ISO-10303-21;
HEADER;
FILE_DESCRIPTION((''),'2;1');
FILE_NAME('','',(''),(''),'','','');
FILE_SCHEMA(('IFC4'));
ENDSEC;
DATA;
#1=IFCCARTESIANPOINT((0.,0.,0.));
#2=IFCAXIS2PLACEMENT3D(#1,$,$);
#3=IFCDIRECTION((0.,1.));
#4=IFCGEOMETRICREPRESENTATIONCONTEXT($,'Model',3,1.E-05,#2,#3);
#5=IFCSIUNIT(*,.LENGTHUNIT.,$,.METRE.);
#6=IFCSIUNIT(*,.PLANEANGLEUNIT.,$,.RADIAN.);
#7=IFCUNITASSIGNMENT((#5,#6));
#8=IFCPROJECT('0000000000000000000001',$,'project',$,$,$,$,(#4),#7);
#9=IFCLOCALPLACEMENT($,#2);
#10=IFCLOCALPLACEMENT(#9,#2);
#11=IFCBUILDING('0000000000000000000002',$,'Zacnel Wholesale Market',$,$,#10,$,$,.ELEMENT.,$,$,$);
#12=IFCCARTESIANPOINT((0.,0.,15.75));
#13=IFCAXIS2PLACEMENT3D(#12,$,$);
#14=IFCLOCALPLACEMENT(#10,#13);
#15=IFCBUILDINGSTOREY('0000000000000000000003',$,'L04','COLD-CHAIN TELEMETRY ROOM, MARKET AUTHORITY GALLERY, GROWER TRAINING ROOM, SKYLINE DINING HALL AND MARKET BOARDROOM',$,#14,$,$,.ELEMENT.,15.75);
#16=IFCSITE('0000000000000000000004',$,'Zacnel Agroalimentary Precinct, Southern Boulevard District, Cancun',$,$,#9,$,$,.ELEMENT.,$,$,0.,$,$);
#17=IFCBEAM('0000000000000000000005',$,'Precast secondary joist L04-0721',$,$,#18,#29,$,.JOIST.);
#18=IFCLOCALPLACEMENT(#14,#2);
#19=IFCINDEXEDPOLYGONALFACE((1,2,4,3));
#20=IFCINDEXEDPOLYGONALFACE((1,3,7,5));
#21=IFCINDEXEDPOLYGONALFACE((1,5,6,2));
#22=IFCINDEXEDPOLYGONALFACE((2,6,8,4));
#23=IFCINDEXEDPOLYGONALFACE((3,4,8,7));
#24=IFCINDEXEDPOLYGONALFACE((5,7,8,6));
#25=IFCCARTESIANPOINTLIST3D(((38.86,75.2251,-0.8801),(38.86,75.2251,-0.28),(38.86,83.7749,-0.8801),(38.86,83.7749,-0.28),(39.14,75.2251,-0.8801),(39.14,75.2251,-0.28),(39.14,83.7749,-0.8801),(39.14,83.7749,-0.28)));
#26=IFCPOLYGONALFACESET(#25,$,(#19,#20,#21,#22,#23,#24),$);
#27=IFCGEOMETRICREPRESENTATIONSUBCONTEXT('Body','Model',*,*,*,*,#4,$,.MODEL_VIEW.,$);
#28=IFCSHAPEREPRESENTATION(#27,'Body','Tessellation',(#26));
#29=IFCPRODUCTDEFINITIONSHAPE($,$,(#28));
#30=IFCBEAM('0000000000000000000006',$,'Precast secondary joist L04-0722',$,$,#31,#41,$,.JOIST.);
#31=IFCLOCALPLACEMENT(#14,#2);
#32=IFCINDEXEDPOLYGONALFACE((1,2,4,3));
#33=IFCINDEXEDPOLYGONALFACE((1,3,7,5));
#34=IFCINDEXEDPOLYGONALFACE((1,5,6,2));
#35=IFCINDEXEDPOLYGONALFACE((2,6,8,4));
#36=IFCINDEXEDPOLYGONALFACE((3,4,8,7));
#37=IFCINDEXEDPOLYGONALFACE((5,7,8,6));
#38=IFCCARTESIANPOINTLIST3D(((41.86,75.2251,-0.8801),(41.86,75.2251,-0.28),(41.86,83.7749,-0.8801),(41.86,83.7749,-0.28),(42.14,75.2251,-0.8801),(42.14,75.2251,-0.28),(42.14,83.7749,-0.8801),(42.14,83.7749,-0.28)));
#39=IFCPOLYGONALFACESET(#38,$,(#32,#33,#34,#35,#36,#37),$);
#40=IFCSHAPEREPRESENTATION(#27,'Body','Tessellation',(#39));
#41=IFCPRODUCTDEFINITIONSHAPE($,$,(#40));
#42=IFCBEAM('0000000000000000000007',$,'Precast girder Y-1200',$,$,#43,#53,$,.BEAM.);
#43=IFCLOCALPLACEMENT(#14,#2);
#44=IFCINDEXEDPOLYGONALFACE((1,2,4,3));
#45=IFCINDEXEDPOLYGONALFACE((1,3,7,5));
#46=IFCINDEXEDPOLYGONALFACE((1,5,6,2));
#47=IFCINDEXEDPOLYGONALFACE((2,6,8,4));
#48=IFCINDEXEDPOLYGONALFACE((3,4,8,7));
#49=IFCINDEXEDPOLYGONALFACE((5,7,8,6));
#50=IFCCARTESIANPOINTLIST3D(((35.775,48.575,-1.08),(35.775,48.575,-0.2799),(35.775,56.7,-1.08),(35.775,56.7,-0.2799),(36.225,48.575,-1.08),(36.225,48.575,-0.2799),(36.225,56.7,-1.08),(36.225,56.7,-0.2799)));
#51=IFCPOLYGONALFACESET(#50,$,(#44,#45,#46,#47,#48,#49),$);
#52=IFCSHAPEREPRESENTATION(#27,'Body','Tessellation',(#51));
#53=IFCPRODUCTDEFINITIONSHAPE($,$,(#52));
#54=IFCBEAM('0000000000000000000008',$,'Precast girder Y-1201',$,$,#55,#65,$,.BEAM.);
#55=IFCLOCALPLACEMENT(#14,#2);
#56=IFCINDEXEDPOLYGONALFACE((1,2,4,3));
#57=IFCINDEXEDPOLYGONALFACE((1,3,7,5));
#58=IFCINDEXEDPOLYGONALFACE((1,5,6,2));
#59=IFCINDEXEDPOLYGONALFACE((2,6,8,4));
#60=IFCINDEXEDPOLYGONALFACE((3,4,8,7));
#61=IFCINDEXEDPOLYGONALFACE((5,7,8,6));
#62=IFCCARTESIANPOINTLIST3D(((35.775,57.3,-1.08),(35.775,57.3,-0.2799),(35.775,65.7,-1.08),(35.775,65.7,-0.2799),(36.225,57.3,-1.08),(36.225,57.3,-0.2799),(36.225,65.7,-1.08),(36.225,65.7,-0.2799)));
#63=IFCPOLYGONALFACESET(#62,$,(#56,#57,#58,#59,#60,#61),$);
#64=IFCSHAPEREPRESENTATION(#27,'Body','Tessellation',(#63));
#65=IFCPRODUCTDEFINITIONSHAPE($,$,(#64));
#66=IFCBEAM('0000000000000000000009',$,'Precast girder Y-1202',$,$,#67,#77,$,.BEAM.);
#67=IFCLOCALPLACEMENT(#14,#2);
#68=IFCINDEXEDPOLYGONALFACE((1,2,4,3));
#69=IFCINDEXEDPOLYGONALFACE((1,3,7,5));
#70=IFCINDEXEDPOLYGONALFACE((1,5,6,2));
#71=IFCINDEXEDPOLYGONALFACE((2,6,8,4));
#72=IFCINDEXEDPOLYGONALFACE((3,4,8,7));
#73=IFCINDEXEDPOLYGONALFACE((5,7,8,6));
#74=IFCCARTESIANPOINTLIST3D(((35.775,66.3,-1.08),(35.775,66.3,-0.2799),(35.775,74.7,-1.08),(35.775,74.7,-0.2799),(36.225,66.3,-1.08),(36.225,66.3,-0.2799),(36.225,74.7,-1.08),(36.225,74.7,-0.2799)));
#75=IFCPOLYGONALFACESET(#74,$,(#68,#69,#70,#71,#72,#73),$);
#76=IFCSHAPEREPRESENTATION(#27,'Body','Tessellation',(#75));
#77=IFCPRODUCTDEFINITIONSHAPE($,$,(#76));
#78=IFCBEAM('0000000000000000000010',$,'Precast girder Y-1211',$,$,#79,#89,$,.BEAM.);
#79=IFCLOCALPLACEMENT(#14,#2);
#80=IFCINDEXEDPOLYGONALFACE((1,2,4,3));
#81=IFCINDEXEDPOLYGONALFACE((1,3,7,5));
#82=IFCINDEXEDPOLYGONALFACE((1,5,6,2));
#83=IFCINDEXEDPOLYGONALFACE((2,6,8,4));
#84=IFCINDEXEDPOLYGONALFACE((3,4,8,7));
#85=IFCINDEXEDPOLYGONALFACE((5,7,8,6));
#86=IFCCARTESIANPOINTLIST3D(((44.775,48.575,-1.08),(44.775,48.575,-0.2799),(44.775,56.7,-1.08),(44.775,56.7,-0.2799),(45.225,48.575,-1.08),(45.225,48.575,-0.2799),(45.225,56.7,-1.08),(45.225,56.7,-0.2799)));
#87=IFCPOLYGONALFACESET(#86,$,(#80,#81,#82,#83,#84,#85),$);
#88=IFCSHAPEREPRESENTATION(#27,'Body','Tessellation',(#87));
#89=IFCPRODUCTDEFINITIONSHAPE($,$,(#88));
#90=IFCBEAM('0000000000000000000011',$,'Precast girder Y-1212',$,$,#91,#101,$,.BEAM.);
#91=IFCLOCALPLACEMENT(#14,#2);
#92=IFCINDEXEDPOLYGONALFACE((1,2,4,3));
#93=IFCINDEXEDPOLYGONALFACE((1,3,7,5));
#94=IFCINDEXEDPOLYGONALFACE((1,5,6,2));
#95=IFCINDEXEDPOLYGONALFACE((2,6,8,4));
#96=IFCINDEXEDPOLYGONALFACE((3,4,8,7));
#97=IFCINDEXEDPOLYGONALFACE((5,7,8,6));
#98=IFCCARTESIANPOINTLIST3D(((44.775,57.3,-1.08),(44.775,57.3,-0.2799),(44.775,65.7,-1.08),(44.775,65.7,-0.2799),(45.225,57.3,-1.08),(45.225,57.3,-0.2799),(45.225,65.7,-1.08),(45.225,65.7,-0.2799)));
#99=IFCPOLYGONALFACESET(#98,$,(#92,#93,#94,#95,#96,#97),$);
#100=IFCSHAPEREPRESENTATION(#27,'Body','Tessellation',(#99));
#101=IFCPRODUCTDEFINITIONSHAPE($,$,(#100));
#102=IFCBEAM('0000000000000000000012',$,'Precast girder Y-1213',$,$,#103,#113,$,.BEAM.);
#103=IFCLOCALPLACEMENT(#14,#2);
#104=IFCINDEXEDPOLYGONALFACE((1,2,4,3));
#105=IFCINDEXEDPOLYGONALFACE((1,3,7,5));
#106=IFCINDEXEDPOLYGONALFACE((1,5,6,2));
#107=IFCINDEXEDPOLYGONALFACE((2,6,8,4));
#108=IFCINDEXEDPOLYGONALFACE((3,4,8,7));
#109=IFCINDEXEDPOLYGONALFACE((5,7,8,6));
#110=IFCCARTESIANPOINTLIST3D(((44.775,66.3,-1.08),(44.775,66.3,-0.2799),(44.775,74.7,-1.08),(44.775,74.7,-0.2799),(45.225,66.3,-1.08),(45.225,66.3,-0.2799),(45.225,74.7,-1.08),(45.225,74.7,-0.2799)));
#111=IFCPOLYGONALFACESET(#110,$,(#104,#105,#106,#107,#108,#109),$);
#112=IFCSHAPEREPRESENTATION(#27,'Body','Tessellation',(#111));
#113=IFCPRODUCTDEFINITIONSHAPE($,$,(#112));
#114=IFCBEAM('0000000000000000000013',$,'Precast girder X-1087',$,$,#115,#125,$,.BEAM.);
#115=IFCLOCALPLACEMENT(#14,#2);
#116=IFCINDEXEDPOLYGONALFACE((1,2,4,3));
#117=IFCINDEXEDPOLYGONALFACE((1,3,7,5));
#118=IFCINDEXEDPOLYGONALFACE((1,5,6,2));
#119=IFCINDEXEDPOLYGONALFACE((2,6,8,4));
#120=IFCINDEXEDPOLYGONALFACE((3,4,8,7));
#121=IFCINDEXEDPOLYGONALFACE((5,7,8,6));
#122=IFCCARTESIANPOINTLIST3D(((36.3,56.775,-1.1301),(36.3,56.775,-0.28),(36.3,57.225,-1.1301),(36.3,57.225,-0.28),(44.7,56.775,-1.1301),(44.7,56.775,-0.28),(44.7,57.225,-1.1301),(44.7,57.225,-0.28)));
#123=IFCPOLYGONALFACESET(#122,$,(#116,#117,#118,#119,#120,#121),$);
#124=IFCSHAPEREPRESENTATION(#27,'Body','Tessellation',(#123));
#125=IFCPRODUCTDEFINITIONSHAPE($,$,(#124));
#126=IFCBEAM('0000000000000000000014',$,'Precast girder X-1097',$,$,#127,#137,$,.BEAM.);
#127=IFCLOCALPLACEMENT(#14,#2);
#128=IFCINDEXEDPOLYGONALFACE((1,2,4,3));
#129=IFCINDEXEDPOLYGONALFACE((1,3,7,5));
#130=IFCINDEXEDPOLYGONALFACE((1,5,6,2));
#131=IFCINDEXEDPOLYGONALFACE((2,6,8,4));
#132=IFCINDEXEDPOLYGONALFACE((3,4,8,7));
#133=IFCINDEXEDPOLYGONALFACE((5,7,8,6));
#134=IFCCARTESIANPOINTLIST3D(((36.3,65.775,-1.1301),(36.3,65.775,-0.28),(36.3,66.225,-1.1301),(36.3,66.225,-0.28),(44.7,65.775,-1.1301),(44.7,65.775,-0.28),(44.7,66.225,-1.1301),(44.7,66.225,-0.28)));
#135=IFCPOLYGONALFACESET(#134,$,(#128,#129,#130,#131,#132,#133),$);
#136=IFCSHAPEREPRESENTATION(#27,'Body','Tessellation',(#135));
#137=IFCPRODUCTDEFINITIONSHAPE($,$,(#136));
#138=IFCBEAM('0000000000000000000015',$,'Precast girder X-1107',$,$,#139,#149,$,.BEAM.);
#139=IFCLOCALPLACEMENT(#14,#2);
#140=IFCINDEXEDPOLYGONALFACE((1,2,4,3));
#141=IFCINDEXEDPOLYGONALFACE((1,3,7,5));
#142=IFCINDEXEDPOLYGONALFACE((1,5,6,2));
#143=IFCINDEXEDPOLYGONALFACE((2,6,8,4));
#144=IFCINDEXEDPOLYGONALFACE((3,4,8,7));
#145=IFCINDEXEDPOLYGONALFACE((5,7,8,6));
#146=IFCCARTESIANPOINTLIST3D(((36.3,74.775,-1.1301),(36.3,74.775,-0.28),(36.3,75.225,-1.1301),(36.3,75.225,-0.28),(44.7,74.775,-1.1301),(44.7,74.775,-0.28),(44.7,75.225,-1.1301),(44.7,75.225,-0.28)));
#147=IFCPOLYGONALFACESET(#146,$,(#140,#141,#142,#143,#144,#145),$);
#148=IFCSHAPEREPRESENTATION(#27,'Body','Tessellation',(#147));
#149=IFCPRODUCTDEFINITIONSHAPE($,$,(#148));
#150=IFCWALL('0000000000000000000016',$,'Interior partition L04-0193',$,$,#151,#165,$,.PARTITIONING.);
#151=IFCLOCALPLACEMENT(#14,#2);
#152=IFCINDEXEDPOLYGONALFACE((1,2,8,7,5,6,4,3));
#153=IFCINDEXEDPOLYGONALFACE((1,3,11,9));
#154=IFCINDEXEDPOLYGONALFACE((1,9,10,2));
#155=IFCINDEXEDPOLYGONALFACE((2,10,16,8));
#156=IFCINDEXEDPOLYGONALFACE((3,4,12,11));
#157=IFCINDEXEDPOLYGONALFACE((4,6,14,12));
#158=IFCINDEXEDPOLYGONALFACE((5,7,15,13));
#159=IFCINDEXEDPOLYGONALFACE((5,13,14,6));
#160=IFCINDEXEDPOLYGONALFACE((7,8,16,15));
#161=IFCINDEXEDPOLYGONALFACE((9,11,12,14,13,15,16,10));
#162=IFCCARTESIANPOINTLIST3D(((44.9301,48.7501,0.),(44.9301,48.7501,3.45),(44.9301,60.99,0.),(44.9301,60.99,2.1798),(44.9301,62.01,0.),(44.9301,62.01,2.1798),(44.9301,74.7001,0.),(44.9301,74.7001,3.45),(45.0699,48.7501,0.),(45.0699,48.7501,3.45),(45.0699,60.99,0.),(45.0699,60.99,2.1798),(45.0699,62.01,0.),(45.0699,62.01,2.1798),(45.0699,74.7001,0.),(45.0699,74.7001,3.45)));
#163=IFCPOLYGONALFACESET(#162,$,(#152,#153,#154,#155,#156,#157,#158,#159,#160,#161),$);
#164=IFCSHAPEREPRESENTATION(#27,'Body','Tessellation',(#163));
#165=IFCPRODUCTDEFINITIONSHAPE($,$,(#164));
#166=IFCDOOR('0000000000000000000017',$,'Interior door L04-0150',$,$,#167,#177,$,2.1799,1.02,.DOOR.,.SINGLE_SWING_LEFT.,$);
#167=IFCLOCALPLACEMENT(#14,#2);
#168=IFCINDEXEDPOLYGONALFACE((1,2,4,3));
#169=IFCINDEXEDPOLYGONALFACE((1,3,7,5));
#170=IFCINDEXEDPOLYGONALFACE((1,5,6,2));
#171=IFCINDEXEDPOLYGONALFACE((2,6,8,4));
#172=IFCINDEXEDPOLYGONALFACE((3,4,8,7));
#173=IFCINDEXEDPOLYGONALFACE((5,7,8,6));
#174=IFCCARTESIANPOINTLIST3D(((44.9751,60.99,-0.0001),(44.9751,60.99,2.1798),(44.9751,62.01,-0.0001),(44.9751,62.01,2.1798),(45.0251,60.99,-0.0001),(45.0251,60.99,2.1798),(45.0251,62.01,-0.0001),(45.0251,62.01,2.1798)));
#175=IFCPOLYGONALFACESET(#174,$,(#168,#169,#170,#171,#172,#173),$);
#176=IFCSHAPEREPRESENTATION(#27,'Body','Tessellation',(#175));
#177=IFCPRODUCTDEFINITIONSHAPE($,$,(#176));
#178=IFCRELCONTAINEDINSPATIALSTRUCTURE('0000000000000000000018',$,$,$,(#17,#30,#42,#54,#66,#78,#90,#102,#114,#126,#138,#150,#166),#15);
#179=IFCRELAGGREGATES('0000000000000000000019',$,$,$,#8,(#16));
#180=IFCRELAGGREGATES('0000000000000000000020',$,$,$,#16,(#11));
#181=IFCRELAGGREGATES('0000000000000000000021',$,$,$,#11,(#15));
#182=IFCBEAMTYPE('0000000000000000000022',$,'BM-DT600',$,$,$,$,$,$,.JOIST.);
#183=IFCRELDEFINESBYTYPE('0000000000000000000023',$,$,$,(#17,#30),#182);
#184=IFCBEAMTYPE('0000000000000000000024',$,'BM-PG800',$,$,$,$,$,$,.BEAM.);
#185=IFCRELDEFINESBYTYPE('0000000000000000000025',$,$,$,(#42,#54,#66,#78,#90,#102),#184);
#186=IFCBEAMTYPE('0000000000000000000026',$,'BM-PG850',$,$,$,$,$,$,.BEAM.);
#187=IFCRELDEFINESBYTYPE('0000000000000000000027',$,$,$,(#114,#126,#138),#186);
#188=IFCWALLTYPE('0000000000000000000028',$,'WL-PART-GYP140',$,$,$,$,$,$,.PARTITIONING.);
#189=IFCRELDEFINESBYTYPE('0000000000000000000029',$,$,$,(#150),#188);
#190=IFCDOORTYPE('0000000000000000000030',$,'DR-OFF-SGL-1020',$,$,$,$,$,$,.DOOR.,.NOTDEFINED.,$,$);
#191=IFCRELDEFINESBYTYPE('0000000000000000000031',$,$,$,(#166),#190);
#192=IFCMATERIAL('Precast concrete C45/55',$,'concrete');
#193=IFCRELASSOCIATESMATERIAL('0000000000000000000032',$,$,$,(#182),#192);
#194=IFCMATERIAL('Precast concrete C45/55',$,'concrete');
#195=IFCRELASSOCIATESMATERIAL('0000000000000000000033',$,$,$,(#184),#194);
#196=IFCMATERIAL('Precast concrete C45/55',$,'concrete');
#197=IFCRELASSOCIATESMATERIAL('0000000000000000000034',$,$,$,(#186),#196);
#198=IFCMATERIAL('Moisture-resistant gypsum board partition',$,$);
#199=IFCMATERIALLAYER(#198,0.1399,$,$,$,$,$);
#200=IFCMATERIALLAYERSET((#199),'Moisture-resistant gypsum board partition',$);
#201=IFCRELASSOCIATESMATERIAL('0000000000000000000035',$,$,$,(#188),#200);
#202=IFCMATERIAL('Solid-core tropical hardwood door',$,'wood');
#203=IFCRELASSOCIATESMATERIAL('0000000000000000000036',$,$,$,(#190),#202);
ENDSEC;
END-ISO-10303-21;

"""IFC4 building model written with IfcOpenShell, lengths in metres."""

from ifc_helpers import new_model, si_unit, direction, frame, frame_2d, origin, origin_2d, place, context, subcontext, project, spatial, rectangle, extrude, material, layer, layer_set, material_profile, profile_set, type_object, element, fill, save


model = new_model("IFC4")

# Units and contexts
model_context = context("Model", 3, precision=1e-05, world=origin(), true_north=direction((0.0, 1.0)))
body_context = subcontext(model_context, "Body", "Model", "MODEL_VIEW")
ifc_project = project(units=[si_unit("LENGTHUNIT", "METRE"), si_unit("PLANEANGLEUNIT", "RADIAN")], contexts=[model_context])

# Site, building, storey
site_placement = place(None, origin())
site = spatial("IfcSite", under=ifc_project, at=site_placement, Name="Zacnel Agroalimentary Precinct, Southern Boulevard District, Cancun", CompositionType="ELEMENT", RefElevation=0.0)
building_placement = place(site_placement, origin())
building = spatial("IfcBuilding", under=site, at=building_placement, Name="Zacnel Wholesale Market", CompositionType="ELEMENT")
storey_placement = place(building_placement, frame((0.0, 0.0, 15.75)))
storey = spatial("IfcBuildingStorey", under=building, at=storey_placement, Name="L04", Description="COLD-CHAIN TELEMETRY ROOM, MARKET AUTHORITY GALLERY, GROWER TRAINING ROOM, SKYLINE DINING HALL AND MARKET BOARDROOM", CompositionType="ELEMENT", Elevation=15.75)

# Beams
ifc_material_1 = material(Name="Precast concrete C45/55", Category="concrete")
ifc_material_profile_1 = material_profile(ifc_material_1, rectangle(XDim=0.28, YDim=0.6001, at=origin_2d()), Name="DT RIB 280x600")
ifc_profile_set_1 = profile_set([ifc_material_profile_1], Name="Precast concrete C45/55")
beam_type_1 = type_object("IfcBeamType", Name="BM-DT600", PredefinedType="JOIST", material=ifc_profile_set_1)
for number, where, z_axis, x_axis, name in (
    (1, (39.0, 75.2251, -0.5801), (0.0, 1.0, 0.0), (-1.0, 0.0, 0.0), "Precast secondary joist L04-0721"),
    (2, (42.0, 75.2251, -0.5801), (0.0, 1.0, 0.0), (-1.0, 0.0, 0.0), "Precast secondary joist L04-0722"),
):
    element("IfcBeam", number, at=place(storey_placement, frame(where, z_axis=z_axis, x_axis=x_axis)), inside=storey, type_object=beam_type_1, Name=name, PredefinedType="JOIST", context=body_context, shape_type="SweptSolid", body=[
        extrude(rectangle(XDim=0.28, YDim=0.6001, at=origin_2d()), origin(), (0.0, 0.0, 1.0), 8.5498),
    ])
ifc_material_2 = material(Name="Precast concrete C45/55", Category="concrete")
ifc_material_profile_2 = material_profile(ifc_material_2, rectangle(XDim=0.45, YDim=0.8, at=origin_2d()), Name="PG 450x800")
ifc_profile_set_2 = profile_set([ifc_material_profile_2], Name="Precast concrete C45/55")
beam_type_2 = type_object("IfcBeamType", Name="BM-PG800", PredefinedType="BEAM", material=ifc_profile_set_2)
beam_1_placement = place(storey_placement, frame((36.0, 48.575, -0.6799), z_axis=(0.0, 1.0, 0.0), x_axis=(-1.0, 0.0, 0.0)))
element("IfcBeam", 3, at=beam_1_placement, inside=storey, type_object=beam_type_2, Name="Precast girder Y-1200", PredefinedType="BEAM", context=body_context, shape_type="SweptSolid", body=[
    extrude(rectangle(XDim=0.45, YDim=0.8, at=origin_2d()), origin(), (0.0, 0.0, 1.0), 8.125),
])
for number, where, z_axis, x_axis, name in (
    (4, (36.0, 57.3, -0.6799), (0.0, 1.0, 0.0), (-1.0, 0.0, 0.0), "Precast girder Y-1201"),
    (5, (36.0, 66.3, -0.6799), (0.0, 1.0, 0.0), (-1.0, 0.0, 0.0), "Precast girder Y-1202"),
):
    element("IfcBeam", number, at=place(storey_placement, frame(where, z_axis=z_axis, x_axis=x_axis)), inside=storey, type_object=beam_type_2, Name=name, PredefinedType="BEAM", context=body_context, shape_type="SweptSolid", body=[
        extrude(rectangle(XDim=0.45, YDim=0.8, at=origin_2d()), origin(), (0.0, 0.0, 1.0), 8.3999),
    ])
beam_2_placement = place(storey_placement, frame((45.0, 48.575, -0.6799), z_axis=(0.0, 1.0, 0.0), x_axis=(-1.0, 0.0, 0.0)))
element("IfcBeam", 6, at=beam_2_placement, inside=storey, type_object=beam_type_2, Name="Precast girder Y-1211", PredefinedType="BEAM", context=body_context, shape_type="SweptSolid", body=[
    extrude(rectangle(XDim=0.45, YDim=0.8, at=origin_2d()), origin(), (0.0, 0.0, 1.0), 8.125),
])
for number, where, z_axis, x_axis, name in (
    (7, (45.0, 57.3, -0.6799), (0.0, 1.0, 0.0), (-1.0, 0.0, 0.0), "Precast girder Y-1212"),
    (8, (45.0, 66.3, -0.6799), (0.0, 1.0, 0.0), (-1.0, 0.0, 0.0), "Precast girder Y-1213"),
):
    element("IfcBeam", number, at=place(storey_placement, frame(where, z_axis=z_axis, x_axis=x_axis)), inside=storey, type_object=beam_type_2, Name=name, PredefinedType="BEAM", context=body_context, shape_type="SweptSolid", body=[
        extrude(rectangle(XDim=0.45, YDim=0.8, at=origin_2d()), origin(), (0.0, 0.0, 1.0), 8.3999),
    ])
ifc_material_3 = material(Name="Precast concrete C45/55", Category="concrete")
ifc_material_profile_3 = material_profile(ifc_material_3, rectangle(XDim=0.45, YDim=0.8501, at=origin_2d()), Name="PG 450x850")
ifc_profile_set_3 = profile_set([ifc_material_profile_3], Name="Precast concrete C45/55")
beam_type_3 = type_object("IfcBeamType", Name="BM-PG850", PredefinedType="BEAM", material=ifc_profile_set_3)
for number, where, z_axis, x_axis, name in (
    (9, (36.3, 57.0, -0.7051), (1.0, 0.0, 0.0), (0.0, 1.0, 0.0), "Precast girder X-1087"),
    (10, (36.3, 66.0, -0.7051), (1.0, 0.0, 0.0), (0.0, 1.0, 0.0), "Precast girder X-1097"),
    (11, (36.3, 75.0, -0.7051), (1.0, 0.0, 0.0), (0.0, 1.0, 0.0), "Precast girder X-1107"),
):
    element("IfcBeam", number, at=place(storey_placement, frame(where, z_axis=z_axis, x_axis=x_axis)), inside=storey, type_object=beam_type_3, Name=name, PredefinedType="BEAM", context=body_context, shape_type="SweptSolid", body=[
        extrude(rectangle(XDim=0.45, YDim=0.8501, at=origin_2d()), origin(), (0.0, 0.0, 1.0), 8.3999),
    ])

# Wall, opening, door
ifc_material_4 = material(Name="Moisture-resistant gypsum board partition")
ifc_layer = layer(ifc_material_4, 0.1399)
ifc_layer_set = layer_set([ifc_layer], Name="Moisture-resistant gypsum board partition")
wall_type = type_object("IfcWallType", Name="WL-PART-GYP140", PredefinedType="PARTITIONING", material=ifc_layer_set)
wall_placement = place(storey_placement, frame((45.0, 48.75, 0.0), z_axis=(0.0, 0.0, 1.0), x_axis=(0.0, 1.0, 0.0)))
wall = element("IfcWall", 12, at=wall_placement, inside=storey, type_object=wall_type, Name="Interior partition L04-0193", PredefinedType="PARTITIONING", context=body_context, shape_type="SweptSolid", body=[
    extrude(rectangle(XDim=25.95, YDim=0.1399, at=frame_2d((12.9751, 0.0))), origin(), (0.0, 0.0, 1.0), 3.45),
])
opening_placement = place(wall_placement, frame((12.24, 0.0, 0.0)))
opening = element("IfcOpeningElement", 13, at=opening_placement, cuts=wall, PredefinedType="OPENING", context=body_context, shape_type="SweptSolid", body=[
    extrude(rectangle(XDim=1.02, YDim=2.1799, at=frame_2d((0.51, 1.0898))), frame((0.0, 0.0798, 0.0), z_axis=(0.0, -1.0, 0.0), x_axis=(1.0, 0.0, 0.0)), (0.0, 0.0, 1.0), 0.1599),
])
ifc_material_5 = material(Name="Solid-core tropical hardwood door", Category="wood")
door_type = type_object("IfcDoorType", Name="DR-OFF-SGL-1020", OperationType="NOTDEFINED", PredefinedType="DOOR", material=ifc_material_5)
door_placement = place(opening_placement, origin())
door = element("IfcDoor", 14, at=door_placement, inside=storey, type_object=door_type, Name="Interior door L04-0150", OperationType="SINGLE_SWING_LEFT", OverallHeight=2.1799, OverallWidth=1.02, PredefinedType="DOOR", context=body_context, shape_type="SweptSolid", body=[
    extrude(rectangle(XDim=1.02, YDim=2.1799, at=frame_2d((0.51, 1.0898))), frame((0.0, 0.0249, 0.0), z_axis=(0.0, -1.0, 0.0), x_axis=(1.0, 0.0, 0.0)), (0.0, 0.0, 1.0), 0.05),
])
fill(opening, door)

save(model, "model.ifc")
